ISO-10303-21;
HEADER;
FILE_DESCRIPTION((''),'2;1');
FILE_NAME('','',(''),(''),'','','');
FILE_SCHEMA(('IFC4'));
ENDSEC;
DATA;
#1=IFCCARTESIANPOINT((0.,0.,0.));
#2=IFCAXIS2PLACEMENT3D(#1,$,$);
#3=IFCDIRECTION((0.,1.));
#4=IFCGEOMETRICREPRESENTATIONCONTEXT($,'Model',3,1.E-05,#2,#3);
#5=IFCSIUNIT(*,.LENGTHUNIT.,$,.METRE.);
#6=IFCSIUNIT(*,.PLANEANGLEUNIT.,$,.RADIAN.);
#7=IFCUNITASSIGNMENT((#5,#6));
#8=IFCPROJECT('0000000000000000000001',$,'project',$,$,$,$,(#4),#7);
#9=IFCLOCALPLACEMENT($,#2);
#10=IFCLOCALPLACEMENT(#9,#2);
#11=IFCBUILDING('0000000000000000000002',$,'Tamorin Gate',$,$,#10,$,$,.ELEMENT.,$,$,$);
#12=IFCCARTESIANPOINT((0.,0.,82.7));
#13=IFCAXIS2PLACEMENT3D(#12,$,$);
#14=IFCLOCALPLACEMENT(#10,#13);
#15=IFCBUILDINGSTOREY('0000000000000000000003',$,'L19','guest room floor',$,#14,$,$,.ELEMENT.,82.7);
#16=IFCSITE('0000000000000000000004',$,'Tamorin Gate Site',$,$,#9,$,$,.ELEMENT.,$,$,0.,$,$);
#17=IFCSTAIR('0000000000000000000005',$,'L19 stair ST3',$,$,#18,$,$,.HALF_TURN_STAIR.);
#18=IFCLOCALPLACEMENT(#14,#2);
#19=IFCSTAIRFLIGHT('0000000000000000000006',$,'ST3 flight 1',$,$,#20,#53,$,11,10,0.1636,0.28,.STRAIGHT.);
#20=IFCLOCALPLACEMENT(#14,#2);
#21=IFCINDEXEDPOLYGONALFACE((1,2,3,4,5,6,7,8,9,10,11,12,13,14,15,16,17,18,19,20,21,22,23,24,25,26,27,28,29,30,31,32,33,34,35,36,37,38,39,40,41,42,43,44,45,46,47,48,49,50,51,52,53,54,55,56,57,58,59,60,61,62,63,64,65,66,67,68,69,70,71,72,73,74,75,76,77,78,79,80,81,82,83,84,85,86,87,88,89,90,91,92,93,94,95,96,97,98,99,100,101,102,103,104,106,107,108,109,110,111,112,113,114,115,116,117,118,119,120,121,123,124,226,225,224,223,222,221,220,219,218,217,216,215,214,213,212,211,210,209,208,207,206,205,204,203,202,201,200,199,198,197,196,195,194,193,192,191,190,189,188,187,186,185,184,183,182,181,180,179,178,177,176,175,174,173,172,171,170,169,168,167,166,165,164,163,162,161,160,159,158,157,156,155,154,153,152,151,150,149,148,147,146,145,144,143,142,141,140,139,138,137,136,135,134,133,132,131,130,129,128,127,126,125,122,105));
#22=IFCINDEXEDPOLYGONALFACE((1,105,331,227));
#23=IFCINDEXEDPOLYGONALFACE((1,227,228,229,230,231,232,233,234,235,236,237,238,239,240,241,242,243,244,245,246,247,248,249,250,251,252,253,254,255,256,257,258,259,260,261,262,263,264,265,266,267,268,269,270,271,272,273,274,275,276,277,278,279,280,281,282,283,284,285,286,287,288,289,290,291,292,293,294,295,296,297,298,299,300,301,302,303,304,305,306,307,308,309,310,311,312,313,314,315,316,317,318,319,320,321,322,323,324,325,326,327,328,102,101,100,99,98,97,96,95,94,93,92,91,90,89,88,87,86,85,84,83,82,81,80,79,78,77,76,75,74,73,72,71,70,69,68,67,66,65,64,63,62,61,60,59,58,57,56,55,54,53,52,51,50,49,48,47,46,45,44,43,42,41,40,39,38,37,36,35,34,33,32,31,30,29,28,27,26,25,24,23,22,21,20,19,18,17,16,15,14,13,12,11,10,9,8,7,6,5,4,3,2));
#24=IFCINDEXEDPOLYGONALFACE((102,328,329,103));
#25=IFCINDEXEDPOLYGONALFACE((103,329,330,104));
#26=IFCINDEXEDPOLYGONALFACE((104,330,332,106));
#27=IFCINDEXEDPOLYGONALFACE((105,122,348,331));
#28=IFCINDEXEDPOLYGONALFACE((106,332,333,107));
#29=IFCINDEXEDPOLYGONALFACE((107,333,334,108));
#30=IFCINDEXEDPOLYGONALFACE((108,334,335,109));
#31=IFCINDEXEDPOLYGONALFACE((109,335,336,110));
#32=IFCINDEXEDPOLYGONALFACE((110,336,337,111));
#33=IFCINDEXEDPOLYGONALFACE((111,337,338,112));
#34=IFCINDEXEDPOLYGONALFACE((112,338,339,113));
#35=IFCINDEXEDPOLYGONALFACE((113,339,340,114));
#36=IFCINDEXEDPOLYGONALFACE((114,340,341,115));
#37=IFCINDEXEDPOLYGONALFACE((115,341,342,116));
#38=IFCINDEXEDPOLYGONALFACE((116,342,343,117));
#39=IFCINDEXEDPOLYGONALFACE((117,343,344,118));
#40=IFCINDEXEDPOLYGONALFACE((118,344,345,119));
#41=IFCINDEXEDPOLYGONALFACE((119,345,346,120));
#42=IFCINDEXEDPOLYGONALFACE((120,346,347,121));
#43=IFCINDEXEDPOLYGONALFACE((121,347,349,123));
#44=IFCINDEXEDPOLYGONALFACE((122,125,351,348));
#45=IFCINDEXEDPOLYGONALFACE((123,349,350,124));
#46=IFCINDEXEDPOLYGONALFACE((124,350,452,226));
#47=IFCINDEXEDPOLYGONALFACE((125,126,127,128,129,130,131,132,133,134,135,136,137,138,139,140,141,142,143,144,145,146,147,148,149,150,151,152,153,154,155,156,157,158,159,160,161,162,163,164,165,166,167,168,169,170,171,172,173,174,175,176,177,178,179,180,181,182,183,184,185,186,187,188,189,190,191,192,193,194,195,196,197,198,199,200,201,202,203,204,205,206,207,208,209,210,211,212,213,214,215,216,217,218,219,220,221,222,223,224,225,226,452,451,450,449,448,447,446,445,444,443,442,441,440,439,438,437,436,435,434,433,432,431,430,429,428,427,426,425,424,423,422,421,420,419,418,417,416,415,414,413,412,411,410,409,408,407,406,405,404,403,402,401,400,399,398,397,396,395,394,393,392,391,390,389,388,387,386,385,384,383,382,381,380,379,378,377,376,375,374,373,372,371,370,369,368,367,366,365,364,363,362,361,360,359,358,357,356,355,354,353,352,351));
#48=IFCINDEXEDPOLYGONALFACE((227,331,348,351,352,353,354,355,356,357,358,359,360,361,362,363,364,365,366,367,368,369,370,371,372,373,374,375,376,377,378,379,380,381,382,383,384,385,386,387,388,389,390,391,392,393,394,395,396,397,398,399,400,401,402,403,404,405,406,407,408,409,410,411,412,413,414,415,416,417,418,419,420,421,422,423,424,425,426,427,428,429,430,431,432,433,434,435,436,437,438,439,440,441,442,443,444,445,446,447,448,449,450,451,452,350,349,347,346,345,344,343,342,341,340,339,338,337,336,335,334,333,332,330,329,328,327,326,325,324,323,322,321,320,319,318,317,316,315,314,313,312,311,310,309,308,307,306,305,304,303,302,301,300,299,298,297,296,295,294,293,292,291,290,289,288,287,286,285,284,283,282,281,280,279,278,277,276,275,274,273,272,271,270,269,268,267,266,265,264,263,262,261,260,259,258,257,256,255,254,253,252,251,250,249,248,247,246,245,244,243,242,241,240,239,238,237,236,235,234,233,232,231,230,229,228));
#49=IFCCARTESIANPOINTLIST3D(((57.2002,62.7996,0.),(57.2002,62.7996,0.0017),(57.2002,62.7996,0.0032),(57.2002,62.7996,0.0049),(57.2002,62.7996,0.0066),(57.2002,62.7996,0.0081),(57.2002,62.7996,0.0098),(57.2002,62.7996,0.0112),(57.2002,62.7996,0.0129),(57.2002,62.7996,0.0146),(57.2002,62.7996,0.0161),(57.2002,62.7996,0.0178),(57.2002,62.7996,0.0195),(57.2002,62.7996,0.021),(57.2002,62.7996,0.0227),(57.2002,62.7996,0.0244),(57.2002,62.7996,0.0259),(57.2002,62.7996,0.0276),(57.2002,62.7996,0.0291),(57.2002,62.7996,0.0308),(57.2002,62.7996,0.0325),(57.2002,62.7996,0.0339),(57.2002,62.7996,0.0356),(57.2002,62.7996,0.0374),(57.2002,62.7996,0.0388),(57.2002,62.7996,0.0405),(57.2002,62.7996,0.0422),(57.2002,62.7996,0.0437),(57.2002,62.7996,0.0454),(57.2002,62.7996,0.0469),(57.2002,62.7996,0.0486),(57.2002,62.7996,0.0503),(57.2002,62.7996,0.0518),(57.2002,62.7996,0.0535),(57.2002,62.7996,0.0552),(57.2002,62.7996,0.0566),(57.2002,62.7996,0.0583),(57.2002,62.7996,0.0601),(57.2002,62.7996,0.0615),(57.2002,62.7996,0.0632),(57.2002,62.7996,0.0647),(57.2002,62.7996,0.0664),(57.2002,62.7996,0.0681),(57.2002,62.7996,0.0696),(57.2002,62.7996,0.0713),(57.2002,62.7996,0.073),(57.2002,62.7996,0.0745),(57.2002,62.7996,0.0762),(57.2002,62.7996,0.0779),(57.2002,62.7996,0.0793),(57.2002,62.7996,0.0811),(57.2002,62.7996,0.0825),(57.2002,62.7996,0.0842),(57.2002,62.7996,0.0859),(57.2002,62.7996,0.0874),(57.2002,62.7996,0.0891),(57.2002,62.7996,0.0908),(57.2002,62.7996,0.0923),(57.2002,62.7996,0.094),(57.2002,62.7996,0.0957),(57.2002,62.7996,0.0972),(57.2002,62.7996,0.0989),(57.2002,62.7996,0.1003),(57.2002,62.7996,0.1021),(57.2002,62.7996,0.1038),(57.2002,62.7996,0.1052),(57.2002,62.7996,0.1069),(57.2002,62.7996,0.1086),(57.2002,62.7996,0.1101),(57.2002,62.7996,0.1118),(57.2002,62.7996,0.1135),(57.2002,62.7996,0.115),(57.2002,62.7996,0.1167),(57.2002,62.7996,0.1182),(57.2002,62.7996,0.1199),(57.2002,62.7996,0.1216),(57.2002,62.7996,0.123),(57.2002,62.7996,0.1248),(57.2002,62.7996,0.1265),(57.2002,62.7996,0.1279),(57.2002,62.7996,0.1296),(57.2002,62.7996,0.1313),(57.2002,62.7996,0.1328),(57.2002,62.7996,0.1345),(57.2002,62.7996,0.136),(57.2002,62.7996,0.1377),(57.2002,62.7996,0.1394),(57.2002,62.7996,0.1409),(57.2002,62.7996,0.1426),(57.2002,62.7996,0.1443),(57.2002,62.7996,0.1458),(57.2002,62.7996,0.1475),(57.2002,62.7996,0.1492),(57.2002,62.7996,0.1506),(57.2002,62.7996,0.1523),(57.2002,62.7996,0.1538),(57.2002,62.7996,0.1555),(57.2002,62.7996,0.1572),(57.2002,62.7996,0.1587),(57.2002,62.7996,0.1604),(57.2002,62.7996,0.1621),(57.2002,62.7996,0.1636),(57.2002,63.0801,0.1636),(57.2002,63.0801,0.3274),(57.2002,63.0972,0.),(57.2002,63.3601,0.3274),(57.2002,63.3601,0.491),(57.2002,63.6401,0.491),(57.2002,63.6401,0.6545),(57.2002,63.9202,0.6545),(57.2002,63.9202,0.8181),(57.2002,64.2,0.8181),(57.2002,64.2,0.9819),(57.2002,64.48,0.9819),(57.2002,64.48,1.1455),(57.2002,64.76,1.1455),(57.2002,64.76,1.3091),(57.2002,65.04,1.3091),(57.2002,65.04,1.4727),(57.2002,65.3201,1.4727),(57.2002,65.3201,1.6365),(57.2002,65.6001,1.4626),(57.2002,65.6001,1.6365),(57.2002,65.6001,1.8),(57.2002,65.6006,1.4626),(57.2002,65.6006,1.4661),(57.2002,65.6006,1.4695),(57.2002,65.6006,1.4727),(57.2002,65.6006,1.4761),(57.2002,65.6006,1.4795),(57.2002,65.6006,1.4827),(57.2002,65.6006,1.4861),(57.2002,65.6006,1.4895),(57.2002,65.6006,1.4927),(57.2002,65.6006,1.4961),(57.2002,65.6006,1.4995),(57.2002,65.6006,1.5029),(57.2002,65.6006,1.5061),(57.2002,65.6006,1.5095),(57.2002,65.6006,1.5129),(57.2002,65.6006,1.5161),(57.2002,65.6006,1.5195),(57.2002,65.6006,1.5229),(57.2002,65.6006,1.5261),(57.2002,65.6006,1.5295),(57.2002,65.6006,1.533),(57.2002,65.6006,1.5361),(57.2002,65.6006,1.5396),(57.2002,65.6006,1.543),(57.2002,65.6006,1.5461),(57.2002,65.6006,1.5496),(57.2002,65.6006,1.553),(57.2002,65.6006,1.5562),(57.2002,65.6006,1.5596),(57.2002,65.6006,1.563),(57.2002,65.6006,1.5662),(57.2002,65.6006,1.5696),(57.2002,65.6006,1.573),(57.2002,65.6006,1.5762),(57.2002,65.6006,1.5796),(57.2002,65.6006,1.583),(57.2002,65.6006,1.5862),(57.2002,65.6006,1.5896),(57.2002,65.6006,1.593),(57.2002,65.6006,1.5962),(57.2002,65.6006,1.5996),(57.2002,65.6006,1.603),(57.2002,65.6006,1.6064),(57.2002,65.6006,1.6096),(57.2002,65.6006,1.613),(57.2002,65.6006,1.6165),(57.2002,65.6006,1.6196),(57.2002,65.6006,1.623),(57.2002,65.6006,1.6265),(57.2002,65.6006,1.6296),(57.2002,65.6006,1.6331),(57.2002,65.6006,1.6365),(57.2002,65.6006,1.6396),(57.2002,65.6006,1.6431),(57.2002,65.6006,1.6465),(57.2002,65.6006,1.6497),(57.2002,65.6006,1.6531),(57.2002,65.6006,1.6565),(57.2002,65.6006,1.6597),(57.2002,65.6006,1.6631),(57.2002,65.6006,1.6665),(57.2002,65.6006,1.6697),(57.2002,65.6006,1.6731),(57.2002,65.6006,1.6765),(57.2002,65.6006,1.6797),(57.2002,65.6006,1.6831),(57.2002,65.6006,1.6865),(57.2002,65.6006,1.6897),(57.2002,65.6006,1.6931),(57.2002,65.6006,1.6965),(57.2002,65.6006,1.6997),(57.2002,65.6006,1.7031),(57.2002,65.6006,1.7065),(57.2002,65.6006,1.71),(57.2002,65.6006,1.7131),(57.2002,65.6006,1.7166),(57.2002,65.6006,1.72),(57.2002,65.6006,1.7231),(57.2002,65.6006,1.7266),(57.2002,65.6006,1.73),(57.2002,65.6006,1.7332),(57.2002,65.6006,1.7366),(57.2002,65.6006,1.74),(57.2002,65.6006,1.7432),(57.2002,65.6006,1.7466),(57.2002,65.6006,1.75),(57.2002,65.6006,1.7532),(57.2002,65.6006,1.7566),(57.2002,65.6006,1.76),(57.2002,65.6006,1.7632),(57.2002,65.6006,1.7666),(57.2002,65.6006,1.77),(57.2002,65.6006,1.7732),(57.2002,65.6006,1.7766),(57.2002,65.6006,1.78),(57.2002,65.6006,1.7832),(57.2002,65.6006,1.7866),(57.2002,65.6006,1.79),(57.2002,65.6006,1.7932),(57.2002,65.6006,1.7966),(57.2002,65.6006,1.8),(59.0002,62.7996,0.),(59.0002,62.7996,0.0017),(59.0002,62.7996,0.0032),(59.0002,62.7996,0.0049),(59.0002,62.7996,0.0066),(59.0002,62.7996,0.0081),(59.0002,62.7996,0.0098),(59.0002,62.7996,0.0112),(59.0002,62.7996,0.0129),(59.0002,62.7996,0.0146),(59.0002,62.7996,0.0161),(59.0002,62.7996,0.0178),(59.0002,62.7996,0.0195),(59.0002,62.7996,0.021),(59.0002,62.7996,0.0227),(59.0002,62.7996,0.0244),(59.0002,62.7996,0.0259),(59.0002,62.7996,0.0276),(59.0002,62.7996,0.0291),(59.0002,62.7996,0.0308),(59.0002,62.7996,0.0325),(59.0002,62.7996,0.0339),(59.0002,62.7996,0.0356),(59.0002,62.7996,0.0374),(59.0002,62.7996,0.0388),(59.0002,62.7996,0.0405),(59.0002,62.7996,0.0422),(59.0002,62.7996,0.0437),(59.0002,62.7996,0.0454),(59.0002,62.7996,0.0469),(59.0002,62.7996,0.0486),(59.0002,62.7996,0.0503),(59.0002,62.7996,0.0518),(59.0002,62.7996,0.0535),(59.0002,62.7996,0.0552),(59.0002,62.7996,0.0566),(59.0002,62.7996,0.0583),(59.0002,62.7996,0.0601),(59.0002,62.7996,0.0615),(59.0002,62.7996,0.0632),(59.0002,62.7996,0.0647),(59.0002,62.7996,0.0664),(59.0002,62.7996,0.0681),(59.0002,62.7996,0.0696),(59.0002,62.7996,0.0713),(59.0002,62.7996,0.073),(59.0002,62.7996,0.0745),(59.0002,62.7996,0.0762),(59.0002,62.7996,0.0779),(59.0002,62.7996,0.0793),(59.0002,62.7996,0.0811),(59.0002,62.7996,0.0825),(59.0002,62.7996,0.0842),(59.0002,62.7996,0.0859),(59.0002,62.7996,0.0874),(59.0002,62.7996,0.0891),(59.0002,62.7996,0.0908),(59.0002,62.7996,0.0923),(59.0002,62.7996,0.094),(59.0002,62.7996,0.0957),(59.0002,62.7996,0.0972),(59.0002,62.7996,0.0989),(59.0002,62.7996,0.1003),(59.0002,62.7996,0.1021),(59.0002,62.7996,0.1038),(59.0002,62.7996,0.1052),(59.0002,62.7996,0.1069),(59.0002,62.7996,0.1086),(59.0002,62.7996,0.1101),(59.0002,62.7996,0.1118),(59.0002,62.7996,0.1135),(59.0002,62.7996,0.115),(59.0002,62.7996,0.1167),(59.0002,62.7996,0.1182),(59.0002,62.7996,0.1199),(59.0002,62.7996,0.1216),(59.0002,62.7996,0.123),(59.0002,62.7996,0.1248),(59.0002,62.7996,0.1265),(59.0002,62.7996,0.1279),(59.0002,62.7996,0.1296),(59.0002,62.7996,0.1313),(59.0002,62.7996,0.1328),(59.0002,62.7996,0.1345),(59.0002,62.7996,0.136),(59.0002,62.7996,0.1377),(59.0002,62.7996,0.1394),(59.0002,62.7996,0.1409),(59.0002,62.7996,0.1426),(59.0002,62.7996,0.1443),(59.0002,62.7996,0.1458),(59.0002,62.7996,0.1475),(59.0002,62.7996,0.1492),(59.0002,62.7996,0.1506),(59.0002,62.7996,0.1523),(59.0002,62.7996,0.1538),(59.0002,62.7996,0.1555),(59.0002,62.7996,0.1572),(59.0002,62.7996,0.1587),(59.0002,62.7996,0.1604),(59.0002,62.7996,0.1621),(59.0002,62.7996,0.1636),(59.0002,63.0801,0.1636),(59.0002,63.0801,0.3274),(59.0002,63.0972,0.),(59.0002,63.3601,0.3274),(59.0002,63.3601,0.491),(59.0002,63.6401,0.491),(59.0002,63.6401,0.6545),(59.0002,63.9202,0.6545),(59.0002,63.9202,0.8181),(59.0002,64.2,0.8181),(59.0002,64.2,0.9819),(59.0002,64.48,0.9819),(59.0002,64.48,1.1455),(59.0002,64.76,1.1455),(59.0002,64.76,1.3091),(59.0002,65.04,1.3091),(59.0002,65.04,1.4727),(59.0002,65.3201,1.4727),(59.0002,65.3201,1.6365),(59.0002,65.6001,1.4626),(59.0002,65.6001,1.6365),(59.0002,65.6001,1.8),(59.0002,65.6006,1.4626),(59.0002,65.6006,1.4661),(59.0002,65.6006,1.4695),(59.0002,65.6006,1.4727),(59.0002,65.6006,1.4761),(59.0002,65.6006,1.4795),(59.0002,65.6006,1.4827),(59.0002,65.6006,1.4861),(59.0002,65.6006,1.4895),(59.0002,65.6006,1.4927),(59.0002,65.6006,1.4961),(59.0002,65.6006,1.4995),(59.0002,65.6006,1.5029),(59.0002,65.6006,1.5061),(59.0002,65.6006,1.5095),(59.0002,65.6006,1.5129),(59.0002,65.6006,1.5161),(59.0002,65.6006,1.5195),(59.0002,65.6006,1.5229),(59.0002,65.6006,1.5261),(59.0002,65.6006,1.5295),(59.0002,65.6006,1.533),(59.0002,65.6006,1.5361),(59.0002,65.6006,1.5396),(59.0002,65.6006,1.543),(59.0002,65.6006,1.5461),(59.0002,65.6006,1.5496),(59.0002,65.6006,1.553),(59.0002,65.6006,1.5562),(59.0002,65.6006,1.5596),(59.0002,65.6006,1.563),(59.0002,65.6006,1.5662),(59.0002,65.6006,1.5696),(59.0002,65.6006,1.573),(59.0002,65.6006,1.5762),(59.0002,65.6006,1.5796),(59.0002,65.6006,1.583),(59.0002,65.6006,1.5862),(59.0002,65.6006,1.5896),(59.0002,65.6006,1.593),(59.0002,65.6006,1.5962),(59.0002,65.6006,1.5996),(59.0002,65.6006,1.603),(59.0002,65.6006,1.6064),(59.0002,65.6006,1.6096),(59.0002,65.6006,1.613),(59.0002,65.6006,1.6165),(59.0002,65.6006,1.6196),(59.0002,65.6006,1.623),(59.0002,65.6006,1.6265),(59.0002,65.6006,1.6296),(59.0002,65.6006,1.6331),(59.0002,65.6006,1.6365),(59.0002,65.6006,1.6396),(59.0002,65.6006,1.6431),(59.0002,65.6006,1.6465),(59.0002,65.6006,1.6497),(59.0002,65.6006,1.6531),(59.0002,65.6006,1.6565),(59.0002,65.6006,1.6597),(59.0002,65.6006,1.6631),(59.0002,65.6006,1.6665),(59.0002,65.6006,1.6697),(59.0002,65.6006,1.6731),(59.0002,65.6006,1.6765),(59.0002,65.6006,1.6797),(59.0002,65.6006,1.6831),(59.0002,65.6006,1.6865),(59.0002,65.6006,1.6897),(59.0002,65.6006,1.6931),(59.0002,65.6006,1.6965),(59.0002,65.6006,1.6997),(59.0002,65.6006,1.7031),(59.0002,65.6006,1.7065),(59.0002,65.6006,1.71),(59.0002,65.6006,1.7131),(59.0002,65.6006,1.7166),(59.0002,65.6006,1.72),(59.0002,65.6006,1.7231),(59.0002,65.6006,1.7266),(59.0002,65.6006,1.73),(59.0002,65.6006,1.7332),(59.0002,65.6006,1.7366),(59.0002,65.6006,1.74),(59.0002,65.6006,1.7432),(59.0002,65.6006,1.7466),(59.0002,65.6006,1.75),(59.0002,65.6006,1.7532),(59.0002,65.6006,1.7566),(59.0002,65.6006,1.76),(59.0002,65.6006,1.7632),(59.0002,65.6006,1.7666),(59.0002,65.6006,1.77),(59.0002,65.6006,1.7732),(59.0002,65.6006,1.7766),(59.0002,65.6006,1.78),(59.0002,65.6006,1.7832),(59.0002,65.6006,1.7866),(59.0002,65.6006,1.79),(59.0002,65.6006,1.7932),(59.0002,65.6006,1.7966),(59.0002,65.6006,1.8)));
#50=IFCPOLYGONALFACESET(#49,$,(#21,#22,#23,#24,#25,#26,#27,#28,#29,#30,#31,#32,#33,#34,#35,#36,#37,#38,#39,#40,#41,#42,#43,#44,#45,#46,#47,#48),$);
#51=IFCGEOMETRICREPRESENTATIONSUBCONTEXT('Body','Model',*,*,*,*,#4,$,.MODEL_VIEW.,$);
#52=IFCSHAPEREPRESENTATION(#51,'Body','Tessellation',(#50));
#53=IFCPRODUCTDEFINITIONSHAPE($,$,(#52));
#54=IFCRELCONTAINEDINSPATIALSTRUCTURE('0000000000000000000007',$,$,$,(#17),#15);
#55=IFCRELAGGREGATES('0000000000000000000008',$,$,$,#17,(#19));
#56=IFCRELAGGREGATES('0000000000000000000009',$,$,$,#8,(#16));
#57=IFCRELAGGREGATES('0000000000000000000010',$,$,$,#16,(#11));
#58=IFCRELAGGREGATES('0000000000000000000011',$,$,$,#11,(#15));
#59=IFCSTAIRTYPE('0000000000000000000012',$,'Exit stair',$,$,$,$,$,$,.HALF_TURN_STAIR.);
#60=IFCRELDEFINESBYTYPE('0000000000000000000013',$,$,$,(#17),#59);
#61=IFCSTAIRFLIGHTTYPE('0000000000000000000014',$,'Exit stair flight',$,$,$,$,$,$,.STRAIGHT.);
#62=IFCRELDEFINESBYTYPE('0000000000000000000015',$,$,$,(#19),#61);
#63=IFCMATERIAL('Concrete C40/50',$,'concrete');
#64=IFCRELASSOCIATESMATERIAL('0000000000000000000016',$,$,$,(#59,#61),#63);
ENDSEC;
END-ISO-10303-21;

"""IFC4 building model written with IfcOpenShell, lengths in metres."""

from ifc_helpers import new_model, si_unit, direction, frame, origin, place, context, subcontext, project, spatial, polyline, outline, extrude, material, type_object, element, aggregate, save


model = new_model("IFC4")

# Units and contexts
model_context = context("Model", 3, precision=1e-05, world=origin(), true_north=direction((0.0, 1.0)))
body_context = subcontext(model_context, "Body", "Model", "MODEL_VIEW")
ifc_project = project(units=[si_unit("LENGTHUNIT", "METRE"), si_unit("PLANEANGLEUNIT", "RADIAN")], contexts=[model_context])

# Site, building, storey
site_placement = place(None, origin())
site = spatial("IfcSite", under=ifc_project, at=site_placement, Name="Tamorin Gate Site", CompositionType="ELEMENT", RefElevation=0.0)
building_placement = place(site_placement, origin())
building = spatial("IfcBuilding", under=site, at=building_placement, Name="Tamorin Gate", CompositionType="ELEMENT")
storey_placement = place(building_placement, frame((0.0, 0.0, 82.7)))
storey = spatial("IfcBuildingStorey", under=building, at=storey_placement, Name="L19", Description="guest room floor", CompositionType="ELEMENT", Elevation=82.7)

# Shared definitions
ifc_material_1 = material(Name="Concrete C40/50", Category="concrete")

# Stair, stair flight
stair_type = type_object("IfcStairType", Name="Exit stair", PredefinedType="HALF_TURN_STAIR", material=ifc_material_1)
stair_placement = place(storey_placement, origin())
stair = element("IfcStair", 1, at=stair_placement, inside=storey, type_object=stair_type, Name="L19 stair ST3", PredefinedType="HALF_TURN_STAIR")
stair_flight_type = type_object("IfcStairFlightType", Name="Exit stair flight", PredefinedType="STRAIGHT", material=ifc_material_1)
stair_flight_1_placement = place(storey_placement, frame((58.1001, 62.8, 0.0), z_axis=(0.0, 0.0, 1.0), x_axis=(0.0, 1.0, 0.0)))
stair_flight_1 = element("IfcStairFlight", 2, at=stair_flight_1_placement, type_object=stair_flight_type, Name="ST3 flight 1", NumberOfRisers=11, NumberOfTreads=10, PredefinedType="STRAIGHT", RiserHeight=0.1636, TreadLength=0.28, context=body_context, shape_type="SweptSolid", body=[
    extrude(outline(polyline([(-0.0005, 0.0), (-0.0005, 0.0017), (-0.0005, 0.0032), (-0.0005, 0.0049), (-0.0005, 0.0066), (-0.0005, 0.0081), (-0.0005, 0.0098), (-0.0005, 0.0112), (-0.0005, 0.0129), (-0.0005, 0.0146), (-0.0005, 0.0161), (-0.0005, 0.0178), (-0.0005, 0.0195), (-0.0005, 0.021), (-0.0005, 0.0227), (-0.0005, 0.0244), (-0.0005, 0.0259), (-0.0005, 0.0276), (-0.0005, 0.0291), (-0.0005, 0.0308), (-0.0005, 0.0325), (-0.0005, 0.0339), (-0.0005, 0.0356), (-0.0005, 0.0374), (-0.0005, 0.0388), (-0.0005, 0.0405), (-0.0005, 0.0422), (-0.0005, 0.0437), (-0.0005, 0.0454), (-0.0005, 0.0469), (-0.0005, 0.0486), (-0.0005, 0.0503), (-0.0005, 0.0518), (-0.0005, 0.0535), (-0.0005, 0.0552), (-0.0005, 0.0566), (-0.0005, 0.0583), (-0.0005, 0.0601), (-0.0005, 0.0615), (-0.0005, 0.0632), (-0.0005, 0.0647), (-0.0005, 0.0664), (-0.0005, 0.0681), (-0.0005, 0.0696), (-0.0005, 0.0713), (-0.0005, 0.073), (-0.0005, 0.0745), (-0.0005, 0.0762), (-0.0005, 0.0779), (-0.0005, 0.0793), (-0.0005, 0.0811), (-0.0005, 0.0825), (-0.0005, 0.0842), (-0.0005, 0.0859), (-0.0005, 0.0874), (-0.0005, 0.0891), (-0.0005, 0.0908), (-0.0005, 0.0923), (-0.0005, 0.094), (-0.0005, 0.0957), (-0.0005, 0.0972), (-0.0005, 0.0989), (-0.0005, 0.1003), (-0.0005, 0.1021), (-0.0005, 0.1038), (-0.0005, 0.1052), (-0.0005, 0.1069), (-0.0005, 0.1086), (-0.0005, 0.1101), (-0.0005, 0.1118), (-0.0005, 0.1135), (-0.0005, 0.115), (-0.0005, 0.1167), (-0.0005, 0.1182), (-0.0005, 0.1199), (-0.0005, 0.1216), (-0.0005, 0.123), (-0.0005, 0.1248), (-0.0005, 0.1265), (-0.0005, 0.1279), (-0.0005, 0.1296), (-0.0005, 0.1313), (-0.0005, 0.1328), (-0.0005, 0.1345), (-0.0005, 0.136), (-0.0005, 0.1377), (-0.0005, 0.1394), (-0.0005, 0.1409), (-0.0005, 0.1426), (-0.0005, 0.1443), (-0.0005, 0.1458), (-0.0005, 0.1475), (-0.0005, 0.1492), (-0.0005, 0.1506), (-0.0005, 0.1523), (-0.0005, 0.1538), (-0.0005, 0.1555), (-0.0005, 0.1572), (-0.0005, 0.1587), (-0.0005, 0.1604), (-0.0005, 0.1621), (-0.0005, 0.1636), (0.28, 0.1636), (0.28, 0.3274), (0.5601, 0.3274), (0.5601, 0.491), (0.8401, 0.491), (0.8401, 0.6545), (1.1201, 0.6545), (1.1201, 0.8181), (1.3999, 0.8181), (1.3999, 0.9819), (1.6799, 0.9819), (1.6799, 1.1455), (1.96, 1.1455), (1.96, 1.3091), (2.24, 1.3091), (2.24, 1.4727), (2.52, 1.4727), (2.52, 1.6365), (2.8, 1.6365), (2.8, 1.8), (2.8005, 1.8), (2.8005, 1.7966), (2.8005, 1.7932), (2.8005, 1.79), (2.8005, 1.7866), (2.8005, 1.7832), (2.8005, 1.78), (2.8005, 1.7766), (2.8005, 1.7732), (2.8005, 1.77), (2.8005, 1.7666), (2.8005, 1.7632), (2.8005, 1.76), (2.8005, 1.7566), (2.8005, 1.7532), (2.8005, 1.75), (2.8005, 1.7466), (2.8005, 1.7432), (2.8005, 1.74), (2.8005, 1.7366), (2.8005, 1.7332), (2.8005, 1.73), (2.8005, 1.7266), (2.8005, 1.7231), (2.8005, 1.72), (2.8005, 1.7166), (2.8005, 1.7131), (2.8005, 1.71), (2.8005, 1.7065), (2.8005, 1.7031), (2.8005, 1.6997), (2.8005, 1.6965), (2.8005, 1.6931), (2.8005, 1.6897), (2.8005, 1.6865), (2.8005, 1.6831), (2.8005, 1.6797), (2.8005, 1.6765), (2.8005, 1.6731), (2.8005, 1.6697), (2.8005, 1.6665), (2.8005, 1.6631), (2.8005, 1.6597), (2.8005, 1.6565), (2.8005, 1.6531), (2.8005, 1.6497), (2.8005, 1.6465), (2.8005, 1.6431), (2.8005, 1.6396), (2.8005, 1.6365), (2.8005, 1.6331), (2.8005, 1.6296), (2.8005, 1.6265), (2.8005, 1.623), (2.8005, 1.6196), (2.8005, 1.6165), (2.8005, 1.613), (2.8005, 1.6096), (2.8005, 1.6064), (2.8005, 1.603), (2.8005, 1.5996), (2.8005, 1.5962), (2.8005, 1.593), (2.8005, 1.5896), (2.8005, 1.5862), (2.8005, 1.583), (2.8005, 1.5796), (2.8005, 1.5762), (2.8005, 1.573), (2.8005, 1.5696), (2.8005, 1.5662), (2.8005, 1.563), (2.8005, 1.5596), (2.8005, 1.5562), (2.8005, 1.553), (2.8005, 1.5496), (2.8005, 1.5461), (2.8005, 1.543), (2.8005, 1.5396), (2.8005, 1.5361), (2.8005, 1.533), (2.8005, 1.5295), (2.8005, 1.5261), (2.8005, 1.5229), (2.8005, 1.5195), (2.8005, 1.5161), (2.8005, 1.5129), (2.8005, 1.5095), (2.8005, 1.5061), (2.8005, 1.5029), (2.8005, 1.4995), (2.8005, 1.4961), (2.8005, 1.4927), (2.8005, 1.4895), (2.8005, 1.4861), (2.8005, 1.4827), (2.8005, 1.4795), (2.8005, 1.4761), (2.8005, 1.4727), (2.8005, 1.4695), (2.8005, 1.4661), (2.8005, 1.4626), (2.8, 1.4626), (0.2971, 0.0), (-0.0005, 0.0)])), frame((0.0, 0.8999, 0.0), z_axis=(0.0, -1.0, 0.0), x_axis=(1.0, 0.0, 0.0)), (0.0, 0.0, 1.0), 1.8),
])
aggregate(stair, [stair_flight_1])

save(model, "model.ifc")
